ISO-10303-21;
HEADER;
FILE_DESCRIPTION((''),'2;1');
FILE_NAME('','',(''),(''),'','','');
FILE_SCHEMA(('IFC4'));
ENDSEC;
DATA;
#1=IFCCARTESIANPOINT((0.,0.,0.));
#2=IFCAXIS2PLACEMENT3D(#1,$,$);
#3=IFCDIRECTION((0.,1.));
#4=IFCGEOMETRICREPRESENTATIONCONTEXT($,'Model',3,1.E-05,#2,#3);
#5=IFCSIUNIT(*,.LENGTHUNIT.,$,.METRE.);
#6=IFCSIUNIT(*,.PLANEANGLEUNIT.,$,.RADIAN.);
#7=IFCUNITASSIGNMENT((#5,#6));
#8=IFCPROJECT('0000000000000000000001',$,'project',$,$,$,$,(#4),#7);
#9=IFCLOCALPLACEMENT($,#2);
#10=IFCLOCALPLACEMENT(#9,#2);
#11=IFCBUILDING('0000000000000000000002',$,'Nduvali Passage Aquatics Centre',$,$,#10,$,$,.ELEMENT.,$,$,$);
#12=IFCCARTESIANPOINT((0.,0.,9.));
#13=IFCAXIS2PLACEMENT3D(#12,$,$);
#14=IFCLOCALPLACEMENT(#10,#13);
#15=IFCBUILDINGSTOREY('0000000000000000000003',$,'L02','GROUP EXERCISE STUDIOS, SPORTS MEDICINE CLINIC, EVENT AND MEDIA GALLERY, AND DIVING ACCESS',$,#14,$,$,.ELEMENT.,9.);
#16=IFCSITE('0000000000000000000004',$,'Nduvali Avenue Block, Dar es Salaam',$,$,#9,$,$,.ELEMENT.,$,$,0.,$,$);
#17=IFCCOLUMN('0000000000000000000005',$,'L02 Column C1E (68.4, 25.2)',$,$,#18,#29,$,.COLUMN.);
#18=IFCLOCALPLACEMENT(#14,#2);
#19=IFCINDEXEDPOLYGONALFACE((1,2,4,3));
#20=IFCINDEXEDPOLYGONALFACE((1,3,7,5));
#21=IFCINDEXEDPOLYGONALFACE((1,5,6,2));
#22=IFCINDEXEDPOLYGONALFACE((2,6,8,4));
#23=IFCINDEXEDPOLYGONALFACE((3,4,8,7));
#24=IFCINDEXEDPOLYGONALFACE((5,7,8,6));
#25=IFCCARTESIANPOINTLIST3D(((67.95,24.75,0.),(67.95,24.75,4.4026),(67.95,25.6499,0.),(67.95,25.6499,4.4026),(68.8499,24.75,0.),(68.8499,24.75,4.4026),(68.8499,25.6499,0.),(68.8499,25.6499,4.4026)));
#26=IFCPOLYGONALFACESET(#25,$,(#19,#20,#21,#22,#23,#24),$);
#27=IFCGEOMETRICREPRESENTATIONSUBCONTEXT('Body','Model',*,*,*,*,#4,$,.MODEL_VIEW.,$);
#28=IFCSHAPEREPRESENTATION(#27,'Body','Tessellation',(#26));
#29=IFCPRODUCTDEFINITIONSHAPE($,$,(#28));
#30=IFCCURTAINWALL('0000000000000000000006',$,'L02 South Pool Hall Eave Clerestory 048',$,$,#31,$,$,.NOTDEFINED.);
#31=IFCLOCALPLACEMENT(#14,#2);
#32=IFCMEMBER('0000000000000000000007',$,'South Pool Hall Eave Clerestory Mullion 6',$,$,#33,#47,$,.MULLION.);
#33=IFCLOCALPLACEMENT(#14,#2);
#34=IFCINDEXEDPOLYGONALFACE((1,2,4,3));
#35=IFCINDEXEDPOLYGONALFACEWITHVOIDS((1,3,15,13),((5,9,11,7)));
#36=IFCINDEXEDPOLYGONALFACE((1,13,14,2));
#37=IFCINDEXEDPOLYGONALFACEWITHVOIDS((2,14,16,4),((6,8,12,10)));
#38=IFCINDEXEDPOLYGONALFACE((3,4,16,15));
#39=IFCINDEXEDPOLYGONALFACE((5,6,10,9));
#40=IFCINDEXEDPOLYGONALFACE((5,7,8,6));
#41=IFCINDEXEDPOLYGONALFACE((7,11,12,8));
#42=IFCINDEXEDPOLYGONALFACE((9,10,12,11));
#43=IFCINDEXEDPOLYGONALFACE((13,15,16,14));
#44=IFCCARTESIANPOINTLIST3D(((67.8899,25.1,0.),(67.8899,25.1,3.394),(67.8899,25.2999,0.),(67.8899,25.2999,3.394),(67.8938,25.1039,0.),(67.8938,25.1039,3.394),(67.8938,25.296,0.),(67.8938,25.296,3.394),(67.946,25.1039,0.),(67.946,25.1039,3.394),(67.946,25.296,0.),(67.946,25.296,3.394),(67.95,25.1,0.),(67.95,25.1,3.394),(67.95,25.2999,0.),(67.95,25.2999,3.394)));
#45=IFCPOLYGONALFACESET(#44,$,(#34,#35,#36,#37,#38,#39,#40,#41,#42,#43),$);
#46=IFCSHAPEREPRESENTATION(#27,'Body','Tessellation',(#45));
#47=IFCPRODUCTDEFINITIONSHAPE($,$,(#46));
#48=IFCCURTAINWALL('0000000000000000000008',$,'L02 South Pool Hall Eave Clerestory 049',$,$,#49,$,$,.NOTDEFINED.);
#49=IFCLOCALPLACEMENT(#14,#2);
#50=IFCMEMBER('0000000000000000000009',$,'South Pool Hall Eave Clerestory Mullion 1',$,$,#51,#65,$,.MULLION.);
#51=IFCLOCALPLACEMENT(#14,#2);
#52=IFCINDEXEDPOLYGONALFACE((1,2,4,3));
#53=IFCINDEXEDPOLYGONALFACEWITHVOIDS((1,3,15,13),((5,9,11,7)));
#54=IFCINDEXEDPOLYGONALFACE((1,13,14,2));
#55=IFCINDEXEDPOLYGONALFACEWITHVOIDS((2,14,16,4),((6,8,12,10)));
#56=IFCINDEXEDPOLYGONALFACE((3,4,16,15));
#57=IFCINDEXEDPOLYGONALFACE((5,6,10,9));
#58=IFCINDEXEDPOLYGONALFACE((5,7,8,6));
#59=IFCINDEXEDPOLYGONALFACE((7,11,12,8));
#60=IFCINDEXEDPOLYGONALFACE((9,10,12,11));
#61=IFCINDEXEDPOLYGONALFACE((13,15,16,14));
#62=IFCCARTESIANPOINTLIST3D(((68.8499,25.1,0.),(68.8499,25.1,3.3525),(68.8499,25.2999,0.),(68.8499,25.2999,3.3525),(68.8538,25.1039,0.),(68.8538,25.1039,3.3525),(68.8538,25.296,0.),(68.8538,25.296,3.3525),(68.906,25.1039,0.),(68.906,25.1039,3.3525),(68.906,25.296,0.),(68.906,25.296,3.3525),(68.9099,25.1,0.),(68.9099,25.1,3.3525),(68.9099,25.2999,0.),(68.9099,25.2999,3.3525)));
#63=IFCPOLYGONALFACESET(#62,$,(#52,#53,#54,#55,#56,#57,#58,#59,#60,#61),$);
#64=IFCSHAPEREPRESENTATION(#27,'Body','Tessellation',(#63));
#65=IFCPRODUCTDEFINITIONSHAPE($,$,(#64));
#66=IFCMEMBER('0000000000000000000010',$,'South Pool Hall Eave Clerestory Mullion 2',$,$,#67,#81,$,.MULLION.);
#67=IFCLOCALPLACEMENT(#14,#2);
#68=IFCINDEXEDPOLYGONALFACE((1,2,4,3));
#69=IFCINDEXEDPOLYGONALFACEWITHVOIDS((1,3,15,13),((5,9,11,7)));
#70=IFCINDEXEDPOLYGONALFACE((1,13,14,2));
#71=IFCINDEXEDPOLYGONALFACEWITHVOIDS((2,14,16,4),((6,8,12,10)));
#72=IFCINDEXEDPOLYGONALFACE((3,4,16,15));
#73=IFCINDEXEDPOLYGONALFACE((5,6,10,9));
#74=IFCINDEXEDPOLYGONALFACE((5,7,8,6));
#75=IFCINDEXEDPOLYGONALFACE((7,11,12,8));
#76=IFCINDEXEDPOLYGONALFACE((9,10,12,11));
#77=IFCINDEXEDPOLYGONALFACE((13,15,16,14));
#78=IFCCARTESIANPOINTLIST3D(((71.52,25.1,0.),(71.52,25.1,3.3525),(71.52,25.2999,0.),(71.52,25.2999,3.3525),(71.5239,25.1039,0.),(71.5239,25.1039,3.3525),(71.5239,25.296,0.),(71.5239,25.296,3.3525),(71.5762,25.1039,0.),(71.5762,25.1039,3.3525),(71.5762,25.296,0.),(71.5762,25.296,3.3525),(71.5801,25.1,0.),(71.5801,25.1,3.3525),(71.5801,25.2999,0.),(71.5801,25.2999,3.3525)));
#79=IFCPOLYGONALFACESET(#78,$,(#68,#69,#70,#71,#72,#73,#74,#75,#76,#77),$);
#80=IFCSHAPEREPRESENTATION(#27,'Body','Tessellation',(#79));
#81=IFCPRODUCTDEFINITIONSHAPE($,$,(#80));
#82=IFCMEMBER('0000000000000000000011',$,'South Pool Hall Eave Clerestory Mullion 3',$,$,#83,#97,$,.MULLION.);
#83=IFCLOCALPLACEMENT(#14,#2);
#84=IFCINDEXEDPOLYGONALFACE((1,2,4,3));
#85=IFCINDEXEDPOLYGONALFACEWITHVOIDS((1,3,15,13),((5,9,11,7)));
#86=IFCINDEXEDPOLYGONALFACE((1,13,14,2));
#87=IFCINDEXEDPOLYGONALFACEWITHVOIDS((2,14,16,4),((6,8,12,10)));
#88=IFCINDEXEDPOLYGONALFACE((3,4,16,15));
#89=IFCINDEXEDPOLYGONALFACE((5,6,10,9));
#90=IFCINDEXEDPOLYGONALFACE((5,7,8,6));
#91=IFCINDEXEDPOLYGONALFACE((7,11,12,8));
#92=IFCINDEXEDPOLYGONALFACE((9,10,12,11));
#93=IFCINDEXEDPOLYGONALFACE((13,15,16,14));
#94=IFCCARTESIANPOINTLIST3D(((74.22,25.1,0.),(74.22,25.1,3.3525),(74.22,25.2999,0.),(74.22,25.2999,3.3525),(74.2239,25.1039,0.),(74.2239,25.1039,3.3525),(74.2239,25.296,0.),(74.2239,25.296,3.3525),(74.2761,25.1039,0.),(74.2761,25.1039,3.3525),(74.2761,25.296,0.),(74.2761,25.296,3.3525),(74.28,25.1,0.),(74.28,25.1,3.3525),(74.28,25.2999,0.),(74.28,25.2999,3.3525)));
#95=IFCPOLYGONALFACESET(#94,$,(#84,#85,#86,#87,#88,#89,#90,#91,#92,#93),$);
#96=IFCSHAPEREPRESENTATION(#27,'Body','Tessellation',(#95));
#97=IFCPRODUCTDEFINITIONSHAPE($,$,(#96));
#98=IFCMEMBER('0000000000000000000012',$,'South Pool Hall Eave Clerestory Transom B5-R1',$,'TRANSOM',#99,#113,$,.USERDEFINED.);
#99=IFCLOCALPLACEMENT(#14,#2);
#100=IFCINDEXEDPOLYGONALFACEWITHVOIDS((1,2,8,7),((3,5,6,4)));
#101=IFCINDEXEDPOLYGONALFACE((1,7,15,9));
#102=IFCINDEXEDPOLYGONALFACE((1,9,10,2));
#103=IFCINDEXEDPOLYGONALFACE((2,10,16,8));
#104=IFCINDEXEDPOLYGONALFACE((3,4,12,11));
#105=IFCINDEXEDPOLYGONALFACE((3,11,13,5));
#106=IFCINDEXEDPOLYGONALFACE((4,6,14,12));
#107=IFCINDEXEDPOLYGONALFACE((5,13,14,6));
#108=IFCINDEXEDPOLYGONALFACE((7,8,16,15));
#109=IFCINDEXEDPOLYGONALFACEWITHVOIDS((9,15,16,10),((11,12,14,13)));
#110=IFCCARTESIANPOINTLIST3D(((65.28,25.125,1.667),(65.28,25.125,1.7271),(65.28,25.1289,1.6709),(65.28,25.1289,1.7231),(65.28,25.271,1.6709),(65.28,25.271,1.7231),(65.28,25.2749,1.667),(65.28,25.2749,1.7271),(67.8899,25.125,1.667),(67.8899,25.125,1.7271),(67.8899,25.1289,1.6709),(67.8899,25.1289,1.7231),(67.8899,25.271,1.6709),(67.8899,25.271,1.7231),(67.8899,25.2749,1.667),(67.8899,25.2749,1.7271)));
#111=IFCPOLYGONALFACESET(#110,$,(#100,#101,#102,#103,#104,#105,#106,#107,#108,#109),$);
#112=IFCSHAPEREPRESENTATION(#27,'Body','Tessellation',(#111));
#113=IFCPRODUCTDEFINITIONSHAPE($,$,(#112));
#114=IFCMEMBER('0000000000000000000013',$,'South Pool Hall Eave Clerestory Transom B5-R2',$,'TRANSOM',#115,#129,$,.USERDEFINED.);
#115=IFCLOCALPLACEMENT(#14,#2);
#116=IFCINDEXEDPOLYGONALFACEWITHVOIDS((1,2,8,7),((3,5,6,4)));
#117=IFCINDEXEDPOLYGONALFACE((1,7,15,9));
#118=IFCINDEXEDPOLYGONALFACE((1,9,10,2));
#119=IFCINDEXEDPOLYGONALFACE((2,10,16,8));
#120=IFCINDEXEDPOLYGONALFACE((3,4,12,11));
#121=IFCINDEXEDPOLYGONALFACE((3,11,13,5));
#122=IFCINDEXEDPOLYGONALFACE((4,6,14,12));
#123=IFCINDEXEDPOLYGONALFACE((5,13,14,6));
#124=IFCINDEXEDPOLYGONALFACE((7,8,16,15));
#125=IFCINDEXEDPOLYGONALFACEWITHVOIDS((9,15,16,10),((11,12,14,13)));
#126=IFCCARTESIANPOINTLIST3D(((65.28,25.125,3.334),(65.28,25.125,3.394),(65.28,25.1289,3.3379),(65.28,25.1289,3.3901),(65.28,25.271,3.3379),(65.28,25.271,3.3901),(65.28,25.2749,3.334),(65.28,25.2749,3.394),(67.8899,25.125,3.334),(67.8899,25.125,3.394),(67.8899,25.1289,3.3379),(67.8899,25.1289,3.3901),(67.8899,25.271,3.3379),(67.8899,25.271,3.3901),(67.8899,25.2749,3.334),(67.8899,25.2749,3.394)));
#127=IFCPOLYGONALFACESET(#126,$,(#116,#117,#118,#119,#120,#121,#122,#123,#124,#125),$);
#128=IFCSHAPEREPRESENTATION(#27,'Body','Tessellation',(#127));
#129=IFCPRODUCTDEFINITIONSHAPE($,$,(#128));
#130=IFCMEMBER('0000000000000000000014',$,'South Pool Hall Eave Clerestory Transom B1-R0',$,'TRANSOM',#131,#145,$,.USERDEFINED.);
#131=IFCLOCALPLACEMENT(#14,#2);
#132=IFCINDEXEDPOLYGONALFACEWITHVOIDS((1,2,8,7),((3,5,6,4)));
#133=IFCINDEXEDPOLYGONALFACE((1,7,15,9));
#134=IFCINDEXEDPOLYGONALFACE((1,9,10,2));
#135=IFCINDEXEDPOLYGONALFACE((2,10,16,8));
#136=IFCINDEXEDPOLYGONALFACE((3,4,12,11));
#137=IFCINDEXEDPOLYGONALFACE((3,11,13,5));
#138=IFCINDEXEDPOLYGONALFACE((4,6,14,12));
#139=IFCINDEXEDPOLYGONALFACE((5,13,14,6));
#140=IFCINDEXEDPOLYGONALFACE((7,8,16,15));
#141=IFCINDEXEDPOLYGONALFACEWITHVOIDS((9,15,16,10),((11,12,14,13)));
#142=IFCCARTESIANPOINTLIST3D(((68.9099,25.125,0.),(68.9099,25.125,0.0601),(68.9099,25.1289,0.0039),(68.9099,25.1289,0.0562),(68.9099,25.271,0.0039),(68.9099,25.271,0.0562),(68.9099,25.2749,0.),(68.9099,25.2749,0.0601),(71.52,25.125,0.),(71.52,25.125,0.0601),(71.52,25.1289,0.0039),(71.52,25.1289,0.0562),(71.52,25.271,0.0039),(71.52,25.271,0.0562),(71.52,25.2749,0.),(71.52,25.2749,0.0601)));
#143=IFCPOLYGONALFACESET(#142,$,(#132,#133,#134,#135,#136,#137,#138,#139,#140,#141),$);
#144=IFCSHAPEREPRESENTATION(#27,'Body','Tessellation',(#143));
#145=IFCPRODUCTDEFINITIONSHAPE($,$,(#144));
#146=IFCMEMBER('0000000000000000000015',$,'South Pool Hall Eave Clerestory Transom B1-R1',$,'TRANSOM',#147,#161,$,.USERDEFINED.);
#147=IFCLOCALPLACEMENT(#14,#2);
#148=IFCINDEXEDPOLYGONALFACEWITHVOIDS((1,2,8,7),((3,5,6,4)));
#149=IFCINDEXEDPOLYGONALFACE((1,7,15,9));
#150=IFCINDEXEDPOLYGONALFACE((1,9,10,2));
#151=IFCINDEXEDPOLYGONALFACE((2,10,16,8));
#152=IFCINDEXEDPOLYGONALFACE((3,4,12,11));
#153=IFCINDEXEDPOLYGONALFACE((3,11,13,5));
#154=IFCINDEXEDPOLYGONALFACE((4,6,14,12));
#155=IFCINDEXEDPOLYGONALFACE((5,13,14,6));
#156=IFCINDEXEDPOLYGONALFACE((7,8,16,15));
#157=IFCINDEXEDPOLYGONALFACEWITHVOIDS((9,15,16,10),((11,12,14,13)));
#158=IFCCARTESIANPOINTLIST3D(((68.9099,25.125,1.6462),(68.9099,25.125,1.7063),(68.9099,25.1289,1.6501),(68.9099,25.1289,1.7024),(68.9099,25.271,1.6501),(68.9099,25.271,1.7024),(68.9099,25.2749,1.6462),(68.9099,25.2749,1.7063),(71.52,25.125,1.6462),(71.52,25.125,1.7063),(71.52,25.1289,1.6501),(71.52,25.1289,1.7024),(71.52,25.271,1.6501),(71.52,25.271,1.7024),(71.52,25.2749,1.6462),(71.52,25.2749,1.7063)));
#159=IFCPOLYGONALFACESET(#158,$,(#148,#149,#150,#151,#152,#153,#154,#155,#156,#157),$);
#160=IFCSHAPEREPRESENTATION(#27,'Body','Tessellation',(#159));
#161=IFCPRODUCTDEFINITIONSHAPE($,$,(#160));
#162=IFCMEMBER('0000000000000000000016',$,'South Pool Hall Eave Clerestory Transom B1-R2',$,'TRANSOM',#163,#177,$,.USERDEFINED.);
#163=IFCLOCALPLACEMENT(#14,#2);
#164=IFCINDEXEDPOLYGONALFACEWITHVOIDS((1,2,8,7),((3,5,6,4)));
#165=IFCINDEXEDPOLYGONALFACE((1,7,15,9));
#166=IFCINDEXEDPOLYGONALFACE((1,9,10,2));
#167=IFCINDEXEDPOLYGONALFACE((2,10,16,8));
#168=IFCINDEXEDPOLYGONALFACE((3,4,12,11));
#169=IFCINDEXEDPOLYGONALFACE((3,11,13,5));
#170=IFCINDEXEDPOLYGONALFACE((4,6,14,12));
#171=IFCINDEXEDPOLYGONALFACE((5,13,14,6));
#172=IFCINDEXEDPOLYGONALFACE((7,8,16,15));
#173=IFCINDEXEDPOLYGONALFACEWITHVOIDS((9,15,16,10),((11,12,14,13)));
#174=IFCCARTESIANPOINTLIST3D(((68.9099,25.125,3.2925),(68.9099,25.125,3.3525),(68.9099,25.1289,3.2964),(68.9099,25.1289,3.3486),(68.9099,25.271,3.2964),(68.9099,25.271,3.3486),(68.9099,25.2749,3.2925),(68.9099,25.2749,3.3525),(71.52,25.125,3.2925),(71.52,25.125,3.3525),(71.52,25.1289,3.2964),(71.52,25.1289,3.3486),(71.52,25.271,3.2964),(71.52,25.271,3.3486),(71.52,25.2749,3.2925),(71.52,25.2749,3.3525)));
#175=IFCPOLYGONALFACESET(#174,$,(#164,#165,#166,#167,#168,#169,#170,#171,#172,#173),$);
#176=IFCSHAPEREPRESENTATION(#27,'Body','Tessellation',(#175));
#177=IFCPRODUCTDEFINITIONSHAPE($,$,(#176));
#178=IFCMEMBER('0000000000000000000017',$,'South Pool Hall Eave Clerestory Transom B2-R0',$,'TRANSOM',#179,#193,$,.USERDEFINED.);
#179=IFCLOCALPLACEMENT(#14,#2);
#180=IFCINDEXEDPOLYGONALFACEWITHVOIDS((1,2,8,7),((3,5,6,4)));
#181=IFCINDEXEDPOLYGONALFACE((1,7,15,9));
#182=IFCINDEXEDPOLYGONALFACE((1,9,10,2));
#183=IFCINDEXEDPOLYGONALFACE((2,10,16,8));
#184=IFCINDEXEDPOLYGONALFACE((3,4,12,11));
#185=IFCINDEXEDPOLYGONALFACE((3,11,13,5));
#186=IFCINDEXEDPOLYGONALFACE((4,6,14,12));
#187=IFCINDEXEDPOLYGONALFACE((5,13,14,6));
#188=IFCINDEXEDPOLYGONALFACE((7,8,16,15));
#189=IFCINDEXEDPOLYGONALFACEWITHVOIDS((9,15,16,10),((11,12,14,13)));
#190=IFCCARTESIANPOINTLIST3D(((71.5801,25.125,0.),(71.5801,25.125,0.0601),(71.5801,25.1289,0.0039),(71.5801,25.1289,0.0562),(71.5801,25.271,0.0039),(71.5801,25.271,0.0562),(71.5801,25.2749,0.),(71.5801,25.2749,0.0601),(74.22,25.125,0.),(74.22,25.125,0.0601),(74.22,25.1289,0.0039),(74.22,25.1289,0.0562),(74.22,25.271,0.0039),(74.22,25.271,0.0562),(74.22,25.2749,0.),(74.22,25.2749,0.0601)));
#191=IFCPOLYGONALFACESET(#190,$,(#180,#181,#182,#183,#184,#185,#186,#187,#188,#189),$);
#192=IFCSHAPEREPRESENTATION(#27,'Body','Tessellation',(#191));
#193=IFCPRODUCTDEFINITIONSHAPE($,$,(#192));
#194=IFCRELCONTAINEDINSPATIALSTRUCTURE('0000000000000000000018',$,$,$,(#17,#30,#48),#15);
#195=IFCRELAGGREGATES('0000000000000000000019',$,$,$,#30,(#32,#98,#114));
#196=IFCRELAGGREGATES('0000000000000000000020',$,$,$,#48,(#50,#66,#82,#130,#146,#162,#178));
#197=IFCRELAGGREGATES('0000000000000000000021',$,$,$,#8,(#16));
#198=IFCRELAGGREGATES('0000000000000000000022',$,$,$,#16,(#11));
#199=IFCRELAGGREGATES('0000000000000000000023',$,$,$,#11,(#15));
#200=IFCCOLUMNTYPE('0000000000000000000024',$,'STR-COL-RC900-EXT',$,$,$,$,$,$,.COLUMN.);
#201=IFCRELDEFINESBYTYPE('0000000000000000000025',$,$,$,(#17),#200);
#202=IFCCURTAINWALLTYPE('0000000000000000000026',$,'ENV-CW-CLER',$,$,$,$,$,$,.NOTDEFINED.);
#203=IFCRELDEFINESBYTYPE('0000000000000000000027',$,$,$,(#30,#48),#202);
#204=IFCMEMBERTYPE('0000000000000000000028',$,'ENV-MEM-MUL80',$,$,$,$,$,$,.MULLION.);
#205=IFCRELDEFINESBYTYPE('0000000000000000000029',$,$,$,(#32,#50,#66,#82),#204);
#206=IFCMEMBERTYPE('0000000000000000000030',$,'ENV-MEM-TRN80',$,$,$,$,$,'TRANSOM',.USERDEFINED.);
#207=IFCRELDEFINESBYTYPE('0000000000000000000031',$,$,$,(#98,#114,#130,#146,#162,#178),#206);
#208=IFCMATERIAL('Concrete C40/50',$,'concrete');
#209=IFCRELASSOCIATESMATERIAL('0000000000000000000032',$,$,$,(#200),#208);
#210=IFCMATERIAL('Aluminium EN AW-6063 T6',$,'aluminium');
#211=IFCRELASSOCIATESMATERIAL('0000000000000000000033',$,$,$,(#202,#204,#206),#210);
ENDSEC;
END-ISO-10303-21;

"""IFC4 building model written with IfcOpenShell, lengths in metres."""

from ifc_helpers import new_model, si_unit, direction, frame, origin, origin_2d, place, context, subcontext, project, spatial, rectangle, hollow_rectangle, extrude, material, material_profile, profile_set, type_object, element, aggregate, save


model = new_model("IFC4")

# Units and contexts
model_context = context("Model", 3, precision=1e-05, world=origin(), true_north=direction((0.0, 1.0)))
body_context = subcontext(model_context, "Body", "Model", "MODEL_VIEW")
ifc_project = project(units=[si_unit("LENGTHUNIT", "METRE"), si_unit("PLANEANGLEUNIT", "RADIAN")], contexts=[model_context])

# Site, building, storey
site_placement = place(None, origin())
site = spatial("IfcSite", under=ifc_project, at=site_placement, Name="Nduvali Avenue Block, Dar es Salaam", CompositionType="ELEMENT", RefElevation=0.0)
building_placement = place(site_placement, origin())
building = spatial("IfcBuilding", under=site, at=building_placement, Name="Nduvali Passage Aquatics Centre", CompositionType="ELEMENT")
storey_placement = place(building_placement, frame((0.0, 0.0, 9.0)))
storey = spatial("IfcBuildingStorey", under=building, at=storey_placement, Name="L02", Description="GROUP EXERCISE STUDIOS, SPORTS MEDICINE CLINIC, EVENT AND MEDIA GALLERY, AND DIVING ACCESS", CompositionType="ELEMENT", Elevation=9.0)

# Column
ifc_material_1 = material(Name="Concrete C40/50", Category="concrete")
ifc_material_profile_1 = material_profile(ifc_material_1, rectangle(XDim=0.8999, YDim=0.8999, at=origin_2d()), Name="RC 900x900")
ifc_profile_set_1 = profile_set([ifc_material_profile_1], Name="Concrete C40/50")
column_type = type_object("IfcColumnType", Name="STR-COL-RC900-EXT", PredefinedType="COLUMN", material=ifc_profile_set_1)
column_placement = place(storey_placement, frame((68.3999, 25.2, 0.0), z_axis=(0.0, 0.0, 1.0), x_axis=(1.0, 0.0, 0.0)))
element("IfcColumn", 1, at=column_placement, inside=storey, type_object=column_type, Name="L02 Column C1E (68.4, 25.2)", PredefinedType="COLUMN", context=body_context, shape_type="SweptSolid", body=[
    extrude(rectangle(XDim=0.8999, YDim=0.8999, at=origin_2d()), origin(), (0.0, 0.0, 1.0), 4.4026),
])

# Curtain wall, member
ifc_material_2 = material(Name="Aluminium EN AW-6063 T6", Category="aluminium")
curtain_wall_type = type_object("IfcCurtainWallType", Name="ENV-CW-CLER", PredefinedType="NOTDEFINED", material=ifc_material_2)
curtain_wall_1_placement = place(storey_placement, origin())
curtain_wall_1 = element("IfcCurtainWall", 2, at=curtain_wall_1_placement, inside=storey, type_object=curtain_wall_type, Name="L02 South Pool Hall Eave Clerestory 048", PredefinedType="NOTDEFINED")
ifc_material_profile_2 = material_profile(ifc_material_2, hollow_rectangle(XDim=0.0601, YDim=0.2, WallThickness=0.0039, at=origin_2d()), Name="ALU MULLION 60x200x4")
ifc_profile_set_2 = profile_set([ifc_material_profile_2], Name="Aluminium EN AW-6063 T6")
member_type_1 = type_object("IfcMemberType", Name="ENV-MEM-MUL80", PredefinedType="MULLION", material=ifc_profile_set_2)
member_1_placement = place(storey_placement, frame((67.9199, 25.2, 0.0), z_axis=(0.0, 0.0, 1.0), x_axis=(1.0, 0.0, 0.0)))
member_1 = element("IfcMember", 3, at=member_1_placement, type_object=member_type_1, Name="South Pool Hall Eave Clerestory Mullion 6", PredefinedType="MULLION", context=body_context, shape_type="SweptSolid", body=[
    extrude(hollow_rectangle(XDim=0.0601, YDim=0.2, WallThickness=0.0039, at=origin_2d()), origin(), (0.0, 0.0, 1.0), 3.394),
])

# Curtain wall, members
curtain_wall_2_placement = place(storey_placement, origin())
curtain_wall_2 = element("IfcCurtainWall", 4, at=curtain_wall_2_placement, inside=storey, type_object=curtain_wall_type, Name="L02 South Pool Hall Eave Clerestory 049", PredefinedType="NOTDEFINED")
member_2_placement = place(storey_placement, frame((68.8799, 25.2, 0.0), z_axis=(0.0, 0.0, 1.0), x_axis=(1.0, 0.0, 0.0)))
member_2 = element("IfcMember", 5, at=member_2_placement, type_object=member_type_1, Name="South Pool Hall Eave Clerestory Mullion 1", PredefinedType="MULLION", context=body_context, shape_type="SweptSolid", body=[
    extrude(hollow_rectangle(XDim=0.0601, YDim=0.2, WallThickness=0.0039, at=origin_2d()), origin(), (0.0, 0.0, 1.0), 3.3525),
])
member_3_placement = place(storey_placement, frame((71.55, 25.2, 0.0), z_axis=(0.0, 0.0, 1.0), x_axis=(1.0, 0.0, 0.0)))
member_3 = element("IfcMember", 6, at=member_3_placement, type_object=member_type_1, Name="South Pool Hall Eave Clerestory Mullion 2", PredefinedType="MULLION", context=body_context, shape_type="SweptSolid", body=[
    extrude(hollow_rectangle(XDim=0.0601, YDim=0.2, WallThickness=0.0039, at=origin_2d()), origin(), (0.0, 0.0, 1.0), 3.3525),
])
member_4_placement = place(storey_placement, frame((74.25, 25.2, 0.0), z_axis=(0.0, 0.0, 1.0), x_axis=(1.0, 0.0, 0.0)))
member_4 = element("IfcMember", 7, at=member_4_placement, type_object=member_type_1, Name="South Pool Hall Eave Clerestory Mullion 3", PredefinedType="MULLION", context=body_context, shape_type="SweptSolid", body=[
    extrude(hollow_rectangle(XDim=0.0601, YDim=0.2, WallThickness=0.0039, at=origin_2d()), origin(), (0.0, 0.0, 1.0), 3.3525),
])

# Members
ifc_material_profile_3 = material_profile(ifc_material_2, hollow_rectangle(XDim=0.1499, YDim=0.0601, WallThickness=0.0039, at=origin_2d()), Name="ALU TRANSOM 150x60x4")
ifc_profile_set_3 = profile_set([ifc_material_profile_3], Name="Aluminium EN AW-6063 T6")
member_type_2 = type_object("IfcMemberType", Name="ENV-MEM-TRN80", ElementType="TRANSOM", PredefinedType="USERDEFINED", material=ifc_profile_set_3)
member_5_placement = place(storey_placement, frame((65.28, 25.2, 1.697), z_axis=(1.0, 0.0, 0.0), x_axis=(0.0, 1.0, 0.0)))
member_5 = element("IfcMember", 8, at=member_5_placement, type_object=member_type_2, Name="South Pool Hall Eave Clerestory Transom B5-R1", ObjectType="TRANSOM", PredefinedType="USERDEFINED", context=body_context, shape_type="SweptSolid", body=[
    extrude(hollow_rectangle(XDim=0.1499, YDim=0.0601, WallThickness=0.0039, at=origin_2d()), origin(), (0.0, 0.0, 1.0), 2.6099),
])
member_6_placement = place(storey_placement, frame((65.28, 25.2, 3.364), z_axis=(1.0, 0.0, 0.0), x_axis=(0.0, 1.0, 0.0)))
member_6 = element("IfcMember", 9, at=member_6_placement, type_object=member_type_2, Name="South Pool Hall Eave Clerestory Transom B5-R2", ObjectType="TRANSOM", PredefinedType="USERDEFINED", context=body_context, shape_type="SweptSolid", body=[
    extrude(hollow_rectangle(XDim=0.1499, YDim=0.0601, WallThickness=0.0039, at=origin_2d()), origin(), (0.0, 0.0, 1.0), 2.6099),
])
member_7_placement = place(storey_placement, frame((68.9099, 25.2, 0.03), z_axis=(1.0, 0.0, 0.0), x_axis=(0.0, 1.0, 0.0)))
member_7 = element("IfcMember", 10, at=member_7_placement, type_object=member_type_2, Name="South Pool Hall Eave Clerestory Transom B1-R0", ObjectType="TRANSOM", PredefinedType="USERDEFINED", context=body_context, shape_type="SweptSolid", body=[
    extrude(hollow_rectangle(XDim=0.1499, YDim=0.0601, WallThickness=0.0039, at=origin_2d()), origin(), (0.0, 0.0, 1.0), 2.6101),
])
member_8_placement = place(storey_placement, frame((68.9099, 25.2, 1.6763), z_axis=(1.0, 0.0, 0.0), x_axis=(0.0, 1.0, 0.0)))
member_8 = element("IfcMember", 11, at=member_8_placement, type_object=member_type_2, Name="South Pool Hall Eave Clerestory Transom B1-R1", ObjectType="TRANSOM", PredefinedType="USERDEFINED", context=body_context, shape_type="SweptSolid", body=[
    extrude(hollow_rectangle(XDim=0.1499, YDim=0.0601, WallThickness=0.0039, at=origin_2d()), origin(), (0.0, 0.0, 1.0), 2.6101),
])
member_9_placement = place(storey_placement, frame((68.9099, 25.2, 3.3225), z_axis=(1.0, 0.0, 0.0), x_axis=(0.0, 1.0, 0.0)))
member_9 = element("IfcMember", 12, at=member_9_placement, type_object=member_type_2, Name="South Pool Hall Eave Clerestory Transom B1-R2", ObjectType="TRANSOM", PredefinedType="USERDEFINED", context=body_context, shape_type="SweptSolid", body=[
    extrude(hollow_rectangle(XDim=0.1499, YDim=0.0601, WallThickness=0.0039, at=origin_2d()), origin(), (0.0, 0.0, 1.0), 2.6101),
])
member_10_placement = place(storey_placement, frame((71.5801, 25.2, 0.03), z_axis=(1.0, 0.0, 0.0), x_axis=(0.0, 1.0, 0.0)))
member_10 = element("IfcMember", 13, at=member_10_placement, type_object=member_type_2, Name="South Pool Hall Eave Clerestory Transom B2-R0", ObjectType="TRANSOM", PredefinedType="USERDEFINED", context=body_context, shape_type="SweptSolid", body=[
    extrude(hollow_rectangle(XDim=0.1499, YDim=0.0601, WallThickness=0.0039, at=origin_2d()), origin(), (0.0, 0.0, 1.0), 2.6399),
])

aggregate(curtain_wall_1, [member_1, member_5, member_6])
aggregate(curtain_wall_2, [member_2, member_3, member_4, member_7, member_8, member_9, member_10])

save(model, "model.ifc")
